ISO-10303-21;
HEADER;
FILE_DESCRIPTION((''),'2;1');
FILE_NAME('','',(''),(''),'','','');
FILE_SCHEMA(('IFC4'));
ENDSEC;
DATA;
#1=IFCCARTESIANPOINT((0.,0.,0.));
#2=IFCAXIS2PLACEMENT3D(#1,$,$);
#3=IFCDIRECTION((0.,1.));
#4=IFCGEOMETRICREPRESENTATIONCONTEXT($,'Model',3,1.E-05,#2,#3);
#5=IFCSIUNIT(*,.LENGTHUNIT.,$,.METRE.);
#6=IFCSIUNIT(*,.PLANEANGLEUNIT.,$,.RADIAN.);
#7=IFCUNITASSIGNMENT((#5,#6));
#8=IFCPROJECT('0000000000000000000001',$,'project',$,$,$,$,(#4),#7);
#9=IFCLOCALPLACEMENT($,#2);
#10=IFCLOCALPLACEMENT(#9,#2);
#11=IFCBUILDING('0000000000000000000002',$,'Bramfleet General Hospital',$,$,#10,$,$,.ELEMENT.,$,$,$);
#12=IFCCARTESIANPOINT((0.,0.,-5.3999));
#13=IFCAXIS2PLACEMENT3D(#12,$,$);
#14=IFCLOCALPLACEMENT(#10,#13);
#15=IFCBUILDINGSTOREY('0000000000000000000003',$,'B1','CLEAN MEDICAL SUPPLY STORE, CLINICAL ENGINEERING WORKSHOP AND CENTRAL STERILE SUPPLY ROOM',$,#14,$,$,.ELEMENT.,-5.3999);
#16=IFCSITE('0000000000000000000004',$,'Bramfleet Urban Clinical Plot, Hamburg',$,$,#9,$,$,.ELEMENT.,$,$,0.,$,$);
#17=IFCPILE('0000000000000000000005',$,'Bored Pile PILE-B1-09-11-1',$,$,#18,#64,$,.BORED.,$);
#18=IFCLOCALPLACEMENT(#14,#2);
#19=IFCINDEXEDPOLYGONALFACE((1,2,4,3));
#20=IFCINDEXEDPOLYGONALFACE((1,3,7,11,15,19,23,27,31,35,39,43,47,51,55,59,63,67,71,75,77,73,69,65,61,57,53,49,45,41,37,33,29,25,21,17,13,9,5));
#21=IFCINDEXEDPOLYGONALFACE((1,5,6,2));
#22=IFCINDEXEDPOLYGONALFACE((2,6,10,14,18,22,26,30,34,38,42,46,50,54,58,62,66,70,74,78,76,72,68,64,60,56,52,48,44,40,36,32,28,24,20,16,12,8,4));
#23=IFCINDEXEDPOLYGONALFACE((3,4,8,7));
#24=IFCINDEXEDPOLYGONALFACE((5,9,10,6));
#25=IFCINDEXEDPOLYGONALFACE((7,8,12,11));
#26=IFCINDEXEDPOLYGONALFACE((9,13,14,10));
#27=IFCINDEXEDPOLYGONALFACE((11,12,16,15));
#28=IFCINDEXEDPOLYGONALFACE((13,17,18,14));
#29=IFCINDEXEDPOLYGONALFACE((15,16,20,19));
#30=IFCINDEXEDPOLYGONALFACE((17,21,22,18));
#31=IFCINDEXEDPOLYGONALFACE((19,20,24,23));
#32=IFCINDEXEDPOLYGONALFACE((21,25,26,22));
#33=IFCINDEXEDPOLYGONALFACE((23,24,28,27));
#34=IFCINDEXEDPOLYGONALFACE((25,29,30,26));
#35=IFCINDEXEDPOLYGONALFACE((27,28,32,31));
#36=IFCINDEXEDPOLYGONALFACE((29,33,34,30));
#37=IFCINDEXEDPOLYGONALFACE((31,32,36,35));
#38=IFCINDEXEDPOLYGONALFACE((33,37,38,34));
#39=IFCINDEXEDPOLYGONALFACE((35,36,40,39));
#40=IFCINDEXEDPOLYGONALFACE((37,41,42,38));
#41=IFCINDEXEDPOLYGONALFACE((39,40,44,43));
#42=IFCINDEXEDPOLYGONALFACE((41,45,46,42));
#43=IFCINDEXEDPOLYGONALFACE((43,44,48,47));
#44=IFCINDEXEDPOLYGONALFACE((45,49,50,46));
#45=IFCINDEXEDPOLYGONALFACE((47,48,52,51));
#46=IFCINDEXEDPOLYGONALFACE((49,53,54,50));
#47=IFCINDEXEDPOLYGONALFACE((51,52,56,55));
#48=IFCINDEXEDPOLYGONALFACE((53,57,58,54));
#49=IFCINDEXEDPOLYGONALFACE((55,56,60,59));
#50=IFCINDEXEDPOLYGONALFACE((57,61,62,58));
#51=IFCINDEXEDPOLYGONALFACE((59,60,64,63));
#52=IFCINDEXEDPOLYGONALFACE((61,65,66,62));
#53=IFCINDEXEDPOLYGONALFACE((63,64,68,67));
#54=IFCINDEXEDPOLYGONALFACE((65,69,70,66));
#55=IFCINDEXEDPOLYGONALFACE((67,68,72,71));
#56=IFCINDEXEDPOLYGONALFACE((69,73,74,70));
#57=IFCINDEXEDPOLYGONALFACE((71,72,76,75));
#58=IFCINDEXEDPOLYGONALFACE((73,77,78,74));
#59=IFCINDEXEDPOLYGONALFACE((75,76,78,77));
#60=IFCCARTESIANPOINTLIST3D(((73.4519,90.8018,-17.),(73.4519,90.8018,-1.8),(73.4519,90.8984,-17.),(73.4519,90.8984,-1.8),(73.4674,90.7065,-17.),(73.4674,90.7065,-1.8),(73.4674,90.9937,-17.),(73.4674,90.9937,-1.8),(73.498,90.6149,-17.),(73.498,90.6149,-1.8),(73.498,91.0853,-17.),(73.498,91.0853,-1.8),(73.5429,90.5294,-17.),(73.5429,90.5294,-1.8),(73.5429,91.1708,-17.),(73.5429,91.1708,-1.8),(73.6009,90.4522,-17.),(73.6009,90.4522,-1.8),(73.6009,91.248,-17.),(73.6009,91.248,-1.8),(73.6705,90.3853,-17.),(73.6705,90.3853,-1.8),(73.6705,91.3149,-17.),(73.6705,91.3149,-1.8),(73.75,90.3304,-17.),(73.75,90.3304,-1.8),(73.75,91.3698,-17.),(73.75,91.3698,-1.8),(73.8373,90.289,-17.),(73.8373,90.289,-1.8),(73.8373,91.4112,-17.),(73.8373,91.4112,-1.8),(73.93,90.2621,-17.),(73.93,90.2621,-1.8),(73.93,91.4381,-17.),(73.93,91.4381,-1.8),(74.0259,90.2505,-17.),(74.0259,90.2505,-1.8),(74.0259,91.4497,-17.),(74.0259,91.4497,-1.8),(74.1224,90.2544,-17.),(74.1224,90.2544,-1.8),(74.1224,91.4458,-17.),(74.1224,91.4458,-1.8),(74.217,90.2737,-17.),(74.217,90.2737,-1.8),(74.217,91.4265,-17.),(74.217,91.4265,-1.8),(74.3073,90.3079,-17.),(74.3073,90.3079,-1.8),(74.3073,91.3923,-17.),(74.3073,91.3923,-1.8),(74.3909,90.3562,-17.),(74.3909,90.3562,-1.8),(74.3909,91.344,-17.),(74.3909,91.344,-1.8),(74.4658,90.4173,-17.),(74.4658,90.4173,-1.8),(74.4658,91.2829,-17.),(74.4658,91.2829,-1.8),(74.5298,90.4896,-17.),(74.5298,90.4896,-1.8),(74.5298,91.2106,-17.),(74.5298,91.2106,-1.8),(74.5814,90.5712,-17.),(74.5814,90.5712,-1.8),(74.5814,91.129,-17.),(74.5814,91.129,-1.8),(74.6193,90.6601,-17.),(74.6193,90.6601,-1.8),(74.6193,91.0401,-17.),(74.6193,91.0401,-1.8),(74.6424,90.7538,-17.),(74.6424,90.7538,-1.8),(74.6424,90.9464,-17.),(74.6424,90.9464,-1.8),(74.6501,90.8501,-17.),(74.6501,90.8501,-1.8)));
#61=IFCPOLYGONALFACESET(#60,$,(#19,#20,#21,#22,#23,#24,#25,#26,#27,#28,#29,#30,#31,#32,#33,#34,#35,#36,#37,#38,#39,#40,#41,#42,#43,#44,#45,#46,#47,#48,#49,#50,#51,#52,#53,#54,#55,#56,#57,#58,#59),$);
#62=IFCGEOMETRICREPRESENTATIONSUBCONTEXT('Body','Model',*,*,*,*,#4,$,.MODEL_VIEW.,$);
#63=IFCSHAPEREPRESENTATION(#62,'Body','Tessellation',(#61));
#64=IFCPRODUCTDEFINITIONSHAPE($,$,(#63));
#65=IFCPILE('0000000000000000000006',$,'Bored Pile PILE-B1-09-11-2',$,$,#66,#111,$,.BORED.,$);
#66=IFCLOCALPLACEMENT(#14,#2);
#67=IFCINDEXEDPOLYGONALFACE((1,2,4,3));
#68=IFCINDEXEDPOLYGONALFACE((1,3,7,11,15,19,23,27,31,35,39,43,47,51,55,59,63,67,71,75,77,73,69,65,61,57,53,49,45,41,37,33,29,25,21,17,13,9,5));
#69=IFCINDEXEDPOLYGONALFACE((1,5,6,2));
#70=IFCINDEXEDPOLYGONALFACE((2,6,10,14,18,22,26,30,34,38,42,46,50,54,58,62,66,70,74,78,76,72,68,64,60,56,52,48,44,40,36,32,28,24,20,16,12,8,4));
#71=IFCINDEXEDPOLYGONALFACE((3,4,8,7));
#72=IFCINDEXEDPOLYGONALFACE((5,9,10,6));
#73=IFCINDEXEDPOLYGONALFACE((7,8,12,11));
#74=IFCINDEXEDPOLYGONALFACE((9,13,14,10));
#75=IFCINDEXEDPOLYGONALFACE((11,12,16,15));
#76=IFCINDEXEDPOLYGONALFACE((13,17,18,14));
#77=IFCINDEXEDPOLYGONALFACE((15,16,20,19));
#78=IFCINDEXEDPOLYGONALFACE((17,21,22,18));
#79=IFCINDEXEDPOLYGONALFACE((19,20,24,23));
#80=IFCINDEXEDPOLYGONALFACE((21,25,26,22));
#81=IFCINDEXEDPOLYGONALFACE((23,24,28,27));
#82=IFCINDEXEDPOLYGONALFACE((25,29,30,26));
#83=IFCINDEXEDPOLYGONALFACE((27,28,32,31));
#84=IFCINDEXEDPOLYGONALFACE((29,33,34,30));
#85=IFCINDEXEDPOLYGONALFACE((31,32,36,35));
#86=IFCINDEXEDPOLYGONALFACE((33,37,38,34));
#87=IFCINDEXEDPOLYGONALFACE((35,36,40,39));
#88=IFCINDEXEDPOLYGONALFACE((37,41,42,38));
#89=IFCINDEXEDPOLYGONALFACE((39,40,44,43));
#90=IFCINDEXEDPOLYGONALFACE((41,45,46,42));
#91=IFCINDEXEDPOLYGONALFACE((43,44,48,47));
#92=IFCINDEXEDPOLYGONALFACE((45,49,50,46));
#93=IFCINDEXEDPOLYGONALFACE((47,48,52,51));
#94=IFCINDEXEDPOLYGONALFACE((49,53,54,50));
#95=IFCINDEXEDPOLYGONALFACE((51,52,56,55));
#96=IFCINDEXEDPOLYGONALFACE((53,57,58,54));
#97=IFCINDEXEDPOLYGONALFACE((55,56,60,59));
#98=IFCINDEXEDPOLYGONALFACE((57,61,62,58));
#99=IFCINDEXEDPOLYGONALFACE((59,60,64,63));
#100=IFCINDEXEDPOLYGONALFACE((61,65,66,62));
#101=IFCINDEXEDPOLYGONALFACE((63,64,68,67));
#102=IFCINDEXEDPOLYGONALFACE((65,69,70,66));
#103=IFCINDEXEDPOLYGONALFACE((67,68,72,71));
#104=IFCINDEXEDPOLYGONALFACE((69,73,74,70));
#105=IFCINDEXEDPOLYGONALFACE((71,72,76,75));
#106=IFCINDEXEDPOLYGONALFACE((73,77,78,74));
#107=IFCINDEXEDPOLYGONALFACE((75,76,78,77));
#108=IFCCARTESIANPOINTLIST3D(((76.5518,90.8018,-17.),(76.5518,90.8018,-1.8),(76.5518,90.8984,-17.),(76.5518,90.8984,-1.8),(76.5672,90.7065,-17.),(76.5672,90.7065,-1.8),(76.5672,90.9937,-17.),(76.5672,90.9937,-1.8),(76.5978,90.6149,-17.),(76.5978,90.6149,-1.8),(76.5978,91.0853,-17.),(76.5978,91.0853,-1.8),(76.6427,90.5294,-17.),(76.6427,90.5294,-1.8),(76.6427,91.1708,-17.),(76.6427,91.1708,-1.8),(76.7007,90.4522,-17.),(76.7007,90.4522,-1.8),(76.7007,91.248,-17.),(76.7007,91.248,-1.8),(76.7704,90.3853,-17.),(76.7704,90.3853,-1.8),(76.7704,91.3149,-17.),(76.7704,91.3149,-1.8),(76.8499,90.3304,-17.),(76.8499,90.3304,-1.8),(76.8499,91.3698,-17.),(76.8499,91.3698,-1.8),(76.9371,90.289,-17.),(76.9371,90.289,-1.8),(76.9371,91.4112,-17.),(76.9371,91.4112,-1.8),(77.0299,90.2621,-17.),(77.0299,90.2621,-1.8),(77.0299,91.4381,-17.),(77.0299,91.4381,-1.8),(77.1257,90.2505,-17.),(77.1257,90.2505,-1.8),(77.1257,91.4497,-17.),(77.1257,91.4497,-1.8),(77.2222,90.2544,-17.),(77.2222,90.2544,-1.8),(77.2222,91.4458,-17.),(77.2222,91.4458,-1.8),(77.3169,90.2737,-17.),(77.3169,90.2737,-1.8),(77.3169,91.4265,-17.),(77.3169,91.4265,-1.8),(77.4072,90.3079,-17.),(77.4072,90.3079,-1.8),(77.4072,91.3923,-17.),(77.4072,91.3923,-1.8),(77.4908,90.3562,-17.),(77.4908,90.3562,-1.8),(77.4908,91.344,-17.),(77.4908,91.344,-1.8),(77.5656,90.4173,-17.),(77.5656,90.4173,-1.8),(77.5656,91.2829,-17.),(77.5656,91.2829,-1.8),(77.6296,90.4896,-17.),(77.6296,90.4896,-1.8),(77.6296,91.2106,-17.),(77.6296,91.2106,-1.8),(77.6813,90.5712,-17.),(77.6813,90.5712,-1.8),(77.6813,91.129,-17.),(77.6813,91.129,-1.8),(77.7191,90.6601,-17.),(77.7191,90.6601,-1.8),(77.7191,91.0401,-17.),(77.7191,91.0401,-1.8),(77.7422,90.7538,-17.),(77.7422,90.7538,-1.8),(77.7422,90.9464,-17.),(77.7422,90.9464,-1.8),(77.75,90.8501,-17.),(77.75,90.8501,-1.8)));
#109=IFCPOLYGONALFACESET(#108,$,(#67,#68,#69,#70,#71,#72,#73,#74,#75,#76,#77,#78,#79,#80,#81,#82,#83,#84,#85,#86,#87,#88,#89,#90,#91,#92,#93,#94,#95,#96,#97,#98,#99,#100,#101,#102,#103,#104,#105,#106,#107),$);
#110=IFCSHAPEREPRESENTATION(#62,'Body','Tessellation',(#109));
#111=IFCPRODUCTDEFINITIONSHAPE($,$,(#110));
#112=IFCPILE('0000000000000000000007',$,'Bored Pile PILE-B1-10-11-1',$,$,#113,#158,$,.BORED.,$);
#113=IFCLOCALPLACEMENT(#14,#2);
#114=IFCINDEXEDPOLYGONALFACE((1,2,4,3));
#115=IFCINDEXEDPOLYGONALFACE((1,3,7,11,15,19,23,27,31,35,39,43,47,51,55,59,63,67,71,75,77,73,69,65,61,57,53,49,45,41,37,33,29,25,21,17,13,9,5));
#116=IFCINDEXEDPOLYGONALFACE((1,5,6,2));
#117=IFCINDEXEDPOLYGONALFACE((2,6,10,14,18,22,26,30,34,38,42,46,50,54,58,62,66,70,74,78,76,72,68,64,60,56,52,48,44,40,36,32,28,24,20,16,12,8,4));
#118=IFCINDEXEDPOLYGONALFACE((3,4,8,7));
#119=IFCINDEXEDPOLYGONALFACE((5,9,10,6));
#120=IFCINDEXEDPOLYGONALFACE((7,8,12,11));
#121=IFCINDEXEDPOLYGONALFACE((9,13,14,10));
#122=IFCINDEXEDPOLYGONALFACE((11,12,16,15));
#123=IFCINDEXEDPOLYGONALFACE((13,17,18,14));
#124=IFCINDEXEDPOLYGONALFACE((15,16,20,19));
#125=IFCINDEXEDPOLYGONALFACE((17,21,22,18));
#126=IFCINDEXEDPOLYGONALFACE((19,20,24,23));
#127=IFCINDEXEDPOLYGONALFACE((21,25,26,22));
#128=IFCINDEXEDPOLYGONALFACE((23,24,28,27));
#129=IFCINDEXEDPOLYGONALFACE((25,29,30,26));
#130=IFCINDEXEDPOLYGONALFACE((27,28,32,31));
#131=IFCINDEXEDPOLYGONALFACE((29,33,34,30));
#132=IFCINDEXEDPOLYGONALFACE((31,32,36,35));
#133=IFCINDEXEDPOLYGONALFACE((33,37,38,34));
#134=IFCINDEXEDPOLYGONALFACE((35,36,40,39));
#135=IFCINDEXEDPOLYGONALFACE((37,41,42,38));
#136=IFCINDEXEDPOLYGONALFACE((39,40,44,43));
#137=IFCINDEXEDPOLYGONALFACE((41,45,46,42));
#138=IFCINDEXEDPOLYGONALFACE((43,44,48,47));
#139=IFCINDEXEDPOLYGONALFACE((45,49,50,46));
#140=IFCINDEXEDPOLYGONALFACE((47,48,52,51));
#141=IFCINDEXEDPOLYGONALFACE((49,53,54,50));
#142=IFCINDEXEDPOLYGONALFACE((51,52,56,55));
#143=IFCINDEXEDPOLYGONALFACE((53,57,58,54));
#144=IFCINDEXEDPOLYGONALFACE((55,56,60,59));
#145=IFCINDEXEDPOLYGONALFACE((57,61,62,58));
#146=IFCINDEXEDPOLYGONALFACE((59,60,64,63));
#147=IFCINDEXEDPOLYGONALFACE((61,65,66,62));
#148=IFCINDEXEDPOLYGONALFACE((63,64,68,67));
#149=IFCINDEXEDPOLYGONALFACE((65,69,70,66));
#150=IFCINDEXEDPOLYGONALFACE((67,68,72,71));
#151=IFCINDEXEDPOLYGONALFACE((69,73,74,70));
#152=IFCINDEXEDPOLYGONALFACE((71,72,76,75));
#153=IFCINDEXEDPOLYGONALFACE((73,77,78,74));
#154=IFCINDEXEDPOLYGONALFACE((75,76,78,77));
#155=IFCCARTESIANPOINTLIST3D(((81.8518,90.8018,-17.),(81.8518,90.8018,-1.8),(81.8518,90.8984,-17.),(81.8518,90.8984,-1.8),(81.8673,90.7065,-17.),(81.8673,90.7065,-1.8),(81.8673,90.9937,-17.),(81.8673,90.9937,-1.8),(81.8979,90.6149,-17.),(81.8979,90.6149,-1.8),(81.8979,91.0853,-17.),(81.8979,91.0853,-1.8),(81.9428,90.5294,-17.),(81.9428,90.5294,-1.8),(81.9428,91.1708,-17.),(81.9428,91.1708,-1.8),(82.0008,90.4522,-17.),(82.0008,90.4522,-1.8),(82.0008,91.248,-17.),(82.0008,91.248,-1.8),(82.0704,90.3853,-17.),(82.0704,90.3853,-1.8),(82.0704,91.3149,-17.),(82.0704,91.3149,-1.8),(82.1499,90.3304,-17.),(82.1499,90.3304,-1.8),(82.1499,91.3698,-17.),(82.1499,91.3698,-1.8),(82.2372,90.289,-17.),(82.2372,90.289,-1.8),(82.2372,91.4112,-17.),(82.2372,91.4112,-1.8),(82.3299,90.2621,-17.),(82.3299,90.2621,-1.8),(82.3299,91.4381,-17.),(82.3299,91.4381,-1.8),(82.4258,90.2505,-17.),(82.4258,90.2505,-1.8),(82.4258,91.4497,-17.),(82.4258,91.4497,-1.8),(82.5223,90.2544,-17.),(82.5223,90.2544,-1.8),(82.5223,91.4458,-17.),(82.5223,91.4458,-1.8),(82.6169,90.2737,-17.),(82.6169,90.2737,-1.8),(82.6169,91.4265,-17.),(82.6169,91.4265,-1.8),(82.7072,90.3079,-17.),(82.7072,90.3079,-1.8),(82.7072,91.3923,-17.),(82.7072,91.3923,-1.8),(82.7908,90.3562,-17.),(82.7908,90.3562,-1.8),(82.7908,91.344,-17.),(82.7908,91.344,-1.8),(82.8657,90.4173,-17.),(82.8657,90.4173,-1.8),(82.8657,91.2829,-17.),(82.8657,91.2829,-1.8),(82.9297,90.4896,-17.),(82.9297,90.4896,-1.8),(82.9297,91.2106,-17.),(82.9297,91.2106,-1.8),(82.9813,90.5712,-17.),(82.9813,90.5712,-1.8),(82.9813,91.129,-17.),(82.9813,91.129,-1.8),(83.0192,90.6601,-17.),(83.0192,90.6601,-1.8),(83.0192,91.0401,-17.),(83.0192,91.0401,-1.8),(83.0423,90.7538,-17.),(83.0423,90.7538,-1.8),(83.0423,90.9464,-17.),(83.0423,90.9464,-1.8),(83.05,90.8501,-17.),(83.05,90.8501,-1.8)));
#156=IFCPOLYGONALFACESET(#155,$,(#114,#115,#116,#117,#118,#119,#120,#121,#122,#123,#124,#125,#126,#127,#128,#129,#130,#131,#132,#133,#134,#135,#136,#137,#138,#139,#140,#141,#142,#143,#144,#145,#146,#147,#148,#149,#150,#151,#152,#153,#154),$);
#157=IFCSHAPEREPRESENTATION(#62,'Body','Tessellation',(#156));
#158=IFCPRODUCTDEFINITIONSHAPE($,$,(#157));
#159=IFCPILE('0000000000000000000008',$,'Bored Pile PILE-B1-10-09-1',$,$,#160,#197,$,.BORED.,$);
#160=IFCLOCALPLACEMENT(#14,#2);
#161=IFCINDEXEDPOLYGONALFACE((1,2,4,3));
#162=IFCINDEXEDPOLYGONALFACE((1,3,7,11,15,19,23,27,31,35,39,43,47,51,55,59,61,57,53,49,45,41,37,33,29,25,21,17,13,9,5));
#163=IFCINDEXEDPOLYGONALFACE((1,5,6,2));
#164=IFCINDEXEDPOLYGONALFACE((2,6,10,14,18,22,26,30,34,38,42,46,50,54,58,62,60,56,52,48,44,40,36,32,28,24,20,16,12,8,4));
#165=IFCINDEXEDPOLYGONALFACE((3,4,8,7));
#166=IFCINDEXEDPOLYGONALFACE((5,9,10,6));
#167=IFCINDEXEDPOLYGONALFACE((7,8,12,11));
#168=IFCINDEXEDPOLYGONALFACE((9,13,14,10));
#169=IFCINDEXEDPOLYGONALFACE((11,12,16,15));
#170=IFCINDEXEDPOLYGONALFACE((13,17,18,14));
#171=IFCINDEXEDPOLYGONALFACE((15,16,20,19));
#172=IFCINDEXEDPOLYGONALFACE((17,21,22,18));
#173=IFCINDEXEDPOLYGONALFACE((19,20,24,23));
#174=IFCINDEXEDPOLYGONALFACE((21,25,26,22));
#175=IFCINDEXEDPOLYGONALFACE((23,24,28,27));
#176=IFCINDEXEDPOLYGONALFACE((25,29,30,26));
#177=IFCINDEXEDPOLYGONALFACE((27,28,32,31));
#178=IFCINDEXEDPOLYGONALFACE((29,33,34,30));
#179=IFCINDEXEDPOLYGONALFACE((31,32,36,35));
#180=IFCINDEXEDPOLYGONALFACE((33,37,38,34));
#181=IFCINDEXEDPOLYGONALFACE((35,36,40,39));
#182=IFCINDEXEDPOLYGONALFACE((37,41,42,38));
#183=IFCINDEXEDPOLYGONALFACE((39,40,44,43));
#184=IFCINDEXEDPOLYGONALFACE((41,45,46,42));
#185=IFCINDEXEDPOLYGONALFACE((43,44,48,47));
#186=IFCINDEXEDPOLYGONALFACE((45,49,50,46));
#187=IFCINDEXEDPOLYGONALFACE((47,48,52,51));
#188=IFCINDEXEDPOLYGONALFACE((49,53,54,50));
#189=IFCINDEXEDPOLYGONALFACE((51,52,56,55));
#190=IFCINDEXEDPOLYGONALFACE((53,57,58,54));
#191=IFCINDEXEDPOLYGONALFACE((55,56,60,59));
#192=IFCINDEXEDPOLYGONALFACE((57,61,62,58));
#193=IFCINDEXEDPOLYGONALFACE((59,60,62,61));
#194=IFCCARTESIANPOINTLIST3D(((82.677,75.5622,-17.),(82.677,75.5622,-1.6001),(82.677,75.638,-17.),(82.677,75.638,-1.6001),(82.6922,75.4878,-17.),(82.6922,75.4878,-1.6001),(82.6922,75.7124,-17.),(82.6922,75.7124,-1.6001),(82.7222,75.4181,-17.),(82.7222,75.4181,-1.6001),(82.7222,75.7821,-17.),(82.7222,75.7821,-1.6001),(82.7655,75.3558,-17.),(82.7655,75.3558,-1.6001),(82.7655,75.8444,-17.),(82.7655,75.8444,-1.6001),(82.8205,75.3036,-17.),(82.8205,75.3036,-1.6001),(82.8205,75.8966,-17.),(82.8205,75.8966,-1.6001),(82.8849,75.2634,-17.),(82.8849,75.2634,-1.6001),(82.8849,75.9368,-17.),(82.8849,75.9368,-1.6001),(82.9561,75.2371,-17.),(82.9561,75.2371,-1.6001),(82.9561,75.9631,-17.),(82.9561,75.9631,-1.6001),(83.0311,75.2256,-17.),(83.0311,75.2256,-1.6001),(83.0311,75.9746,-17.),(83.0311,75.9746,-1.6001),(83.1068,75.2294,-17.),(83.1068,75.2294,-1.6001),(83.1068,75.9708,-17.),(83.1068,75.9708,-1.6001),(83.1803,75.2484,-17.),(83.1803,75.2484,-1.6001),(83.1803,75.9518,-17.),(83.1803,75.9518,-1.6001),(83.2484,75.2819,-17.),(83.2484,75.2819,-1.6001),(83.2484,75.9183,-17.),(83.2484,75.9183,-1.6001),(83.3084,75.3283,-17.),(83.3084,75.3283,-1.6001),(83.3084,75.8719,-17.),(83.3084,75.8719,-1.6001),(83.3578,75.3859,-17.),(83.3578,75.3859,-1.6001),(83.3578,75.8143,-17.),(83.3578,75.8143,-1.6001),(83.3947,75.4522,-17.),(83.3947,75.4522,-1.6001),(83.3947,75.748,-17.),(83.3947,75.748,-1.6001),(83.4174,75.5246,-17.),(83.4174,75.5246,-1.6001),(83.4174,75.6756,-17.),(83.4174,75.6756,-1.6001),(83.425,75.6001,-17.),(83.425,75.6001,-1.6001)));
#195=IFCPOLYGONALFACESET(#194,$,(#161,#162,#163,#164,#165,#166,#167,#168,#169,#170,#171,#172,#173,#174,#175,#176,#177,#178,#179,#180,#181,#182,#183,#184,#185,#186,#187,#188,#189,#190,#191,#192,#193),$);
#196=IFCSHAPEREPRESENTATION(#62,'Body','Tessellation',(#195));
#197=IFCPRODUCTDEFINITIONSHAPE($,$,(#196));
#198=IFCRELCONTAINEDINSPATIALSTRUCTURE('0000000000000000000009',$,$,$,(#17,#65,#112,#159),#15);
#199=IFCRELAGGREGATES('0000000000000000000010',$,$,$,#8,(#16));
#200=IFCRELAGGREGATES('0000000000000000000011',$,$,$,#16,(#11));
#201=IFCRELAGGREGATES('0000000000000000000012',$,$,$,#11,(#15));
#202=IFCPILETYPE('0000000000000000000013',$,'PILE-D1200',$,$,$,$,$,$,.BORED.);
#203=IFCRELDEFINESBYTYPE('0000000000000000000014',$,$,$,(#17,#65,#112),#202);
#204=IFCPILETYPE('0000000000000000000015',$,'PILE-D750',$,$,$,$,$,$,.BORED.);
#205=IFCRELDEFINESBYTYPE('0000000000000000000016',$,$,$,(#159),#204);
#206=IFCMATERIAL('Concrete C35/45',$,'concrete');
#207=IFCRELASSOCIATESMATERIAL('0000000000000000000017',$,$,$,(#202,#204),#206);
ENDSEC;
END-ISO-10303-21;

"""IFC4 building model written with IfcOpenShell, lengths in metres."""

from ifc_helpers import new_model, si_unit, direction, frame, origin, origin_2d, place, context, subcontext, project, spatial, circle, extrude, material, material_profile, profile_set, type_object, element, save


model = new_model("IFC4")

# Units and contexts
model_context = context("Model", 3, precision=1e-05, world=origin(), true_north=direction((0.0, 1.0)))
body_context = subcontext(model_context, "Body", "Model", "MODEL_VIEW")
ifc_project = project(units=[si_unit("LENGTHUNIT", "METRE"), si_unit("PLANEANGLEUNIT", "RADIAN")], contexts=[model_context])

# Site, building, storey
site_placement = place(None, origin())
site = spatial("IfcSite", under=ifc_project, at=site_placement, Name="Bramfleet Urban Clinical Plot, Hamburg", CompositionType="ELEMENT", RefElevation=0.0)
building_placement = place(site_placement, origin())
building = spatial("IfcBuilding", under=site, at=building_placement, Name="Bramfleet General Hospital", CompositionType="ELEMENT")
storey_placement = place(building_placement, frame((0.0, 0.0, -5.3999)))
storey = spatial("IfcBuildingStorey", under=building, at=storey_placement, Name="B1", Description="CLEAN MEDICAL SUPPLY STORE, CLINICAL ENGINEERING WORKSHOP AND CENTRAL STERILE SUPPLY ROOM", CompositionType="ELEMENT", Elevation=-5.3999)

# Shared definitions
ifc_material_1 = material(Name="Concrete C35/45", Category="concrete")

# Piles
ifc_material_profile_1 = material_profile(ifc_material_1, circle(Radius=0.6001, at=origin_2d()), Name="PILE BORED D1200")
ifc_profile_set_1 = profile_set([ifc_material_profile_1], Name="Concrete C35/45")
pile_type_1 = type_object("IfcPileType", Name="PILE-D1200", PredefinedType="BORED", material=ifc_profile_set_1)
for number, where, z_axis, x_axis, name in (
    (1, (74.05, 90.8501, -1.8), (0.0, 0.0, -1.0), (1.0, 0.0, 0.0), "Bored Pile PILE-B1-09-11-1"),
    (2, (77.1499, 90.8501, -1.8), (0.0, 0.0, -1.0), (1.0, 0.0, 0.0), "Bored Pile PILE-B1-09-11-2"),
    (3, (82.45, 90.8501, -1.8), (0.0, 0.0, -1.0), (1.0, 0.0, 0.0), "Bored Pile PILE-B1-10-11-1"),
):
    element("IfcPile", number, at=place(storey_placement, frame(where, z_axis=z_axis, x_axis=x_axis)), inside=storey, type_object=pile_type_1, Name=name, PredefinedType="BORED", context=body_context, shape_type="SweptSolid", body=[
        extrude(circle(Radius=0.6001, at=origin_2d()), origin(), (0.0, 0.0, 1.0), 15.2),
    ])
ifc_material_profile_2 = material_profile(ifc_material_1, circle(Radius=0.375, at=origin_2d()), Name="PILE BORED D750")
ifc_profile_set_2 = profile_set([ifc_material_profile_2], Name="Concrete C35/45")
pile_type_2 = type_object("IfcPileType", Name="PILE-D750", PredefinedType="BORED", material=ifc_profile_set_2)
pile_placement = place(storey_placement, frame((83.05, 75.6001, -1.6001), z_axis=(0.0, 0.0, -1.0), x_axis=(1.0, 0.0, 0.0)))
element("IfcPile", 4, at=pile_placement, inside=storey, type_object=pile_type_2, Name="Bored Pile PILE-B1-10-09-1", PredefinedType="BORED", context=body_context, shape_type="SweptSolid", body=[
    extrude(circle(Radius=0.375, at=origin_2d()), origin(), (0.0, 0.0, 1.0), 15.3999),
])

save(model, "model.ifc")
